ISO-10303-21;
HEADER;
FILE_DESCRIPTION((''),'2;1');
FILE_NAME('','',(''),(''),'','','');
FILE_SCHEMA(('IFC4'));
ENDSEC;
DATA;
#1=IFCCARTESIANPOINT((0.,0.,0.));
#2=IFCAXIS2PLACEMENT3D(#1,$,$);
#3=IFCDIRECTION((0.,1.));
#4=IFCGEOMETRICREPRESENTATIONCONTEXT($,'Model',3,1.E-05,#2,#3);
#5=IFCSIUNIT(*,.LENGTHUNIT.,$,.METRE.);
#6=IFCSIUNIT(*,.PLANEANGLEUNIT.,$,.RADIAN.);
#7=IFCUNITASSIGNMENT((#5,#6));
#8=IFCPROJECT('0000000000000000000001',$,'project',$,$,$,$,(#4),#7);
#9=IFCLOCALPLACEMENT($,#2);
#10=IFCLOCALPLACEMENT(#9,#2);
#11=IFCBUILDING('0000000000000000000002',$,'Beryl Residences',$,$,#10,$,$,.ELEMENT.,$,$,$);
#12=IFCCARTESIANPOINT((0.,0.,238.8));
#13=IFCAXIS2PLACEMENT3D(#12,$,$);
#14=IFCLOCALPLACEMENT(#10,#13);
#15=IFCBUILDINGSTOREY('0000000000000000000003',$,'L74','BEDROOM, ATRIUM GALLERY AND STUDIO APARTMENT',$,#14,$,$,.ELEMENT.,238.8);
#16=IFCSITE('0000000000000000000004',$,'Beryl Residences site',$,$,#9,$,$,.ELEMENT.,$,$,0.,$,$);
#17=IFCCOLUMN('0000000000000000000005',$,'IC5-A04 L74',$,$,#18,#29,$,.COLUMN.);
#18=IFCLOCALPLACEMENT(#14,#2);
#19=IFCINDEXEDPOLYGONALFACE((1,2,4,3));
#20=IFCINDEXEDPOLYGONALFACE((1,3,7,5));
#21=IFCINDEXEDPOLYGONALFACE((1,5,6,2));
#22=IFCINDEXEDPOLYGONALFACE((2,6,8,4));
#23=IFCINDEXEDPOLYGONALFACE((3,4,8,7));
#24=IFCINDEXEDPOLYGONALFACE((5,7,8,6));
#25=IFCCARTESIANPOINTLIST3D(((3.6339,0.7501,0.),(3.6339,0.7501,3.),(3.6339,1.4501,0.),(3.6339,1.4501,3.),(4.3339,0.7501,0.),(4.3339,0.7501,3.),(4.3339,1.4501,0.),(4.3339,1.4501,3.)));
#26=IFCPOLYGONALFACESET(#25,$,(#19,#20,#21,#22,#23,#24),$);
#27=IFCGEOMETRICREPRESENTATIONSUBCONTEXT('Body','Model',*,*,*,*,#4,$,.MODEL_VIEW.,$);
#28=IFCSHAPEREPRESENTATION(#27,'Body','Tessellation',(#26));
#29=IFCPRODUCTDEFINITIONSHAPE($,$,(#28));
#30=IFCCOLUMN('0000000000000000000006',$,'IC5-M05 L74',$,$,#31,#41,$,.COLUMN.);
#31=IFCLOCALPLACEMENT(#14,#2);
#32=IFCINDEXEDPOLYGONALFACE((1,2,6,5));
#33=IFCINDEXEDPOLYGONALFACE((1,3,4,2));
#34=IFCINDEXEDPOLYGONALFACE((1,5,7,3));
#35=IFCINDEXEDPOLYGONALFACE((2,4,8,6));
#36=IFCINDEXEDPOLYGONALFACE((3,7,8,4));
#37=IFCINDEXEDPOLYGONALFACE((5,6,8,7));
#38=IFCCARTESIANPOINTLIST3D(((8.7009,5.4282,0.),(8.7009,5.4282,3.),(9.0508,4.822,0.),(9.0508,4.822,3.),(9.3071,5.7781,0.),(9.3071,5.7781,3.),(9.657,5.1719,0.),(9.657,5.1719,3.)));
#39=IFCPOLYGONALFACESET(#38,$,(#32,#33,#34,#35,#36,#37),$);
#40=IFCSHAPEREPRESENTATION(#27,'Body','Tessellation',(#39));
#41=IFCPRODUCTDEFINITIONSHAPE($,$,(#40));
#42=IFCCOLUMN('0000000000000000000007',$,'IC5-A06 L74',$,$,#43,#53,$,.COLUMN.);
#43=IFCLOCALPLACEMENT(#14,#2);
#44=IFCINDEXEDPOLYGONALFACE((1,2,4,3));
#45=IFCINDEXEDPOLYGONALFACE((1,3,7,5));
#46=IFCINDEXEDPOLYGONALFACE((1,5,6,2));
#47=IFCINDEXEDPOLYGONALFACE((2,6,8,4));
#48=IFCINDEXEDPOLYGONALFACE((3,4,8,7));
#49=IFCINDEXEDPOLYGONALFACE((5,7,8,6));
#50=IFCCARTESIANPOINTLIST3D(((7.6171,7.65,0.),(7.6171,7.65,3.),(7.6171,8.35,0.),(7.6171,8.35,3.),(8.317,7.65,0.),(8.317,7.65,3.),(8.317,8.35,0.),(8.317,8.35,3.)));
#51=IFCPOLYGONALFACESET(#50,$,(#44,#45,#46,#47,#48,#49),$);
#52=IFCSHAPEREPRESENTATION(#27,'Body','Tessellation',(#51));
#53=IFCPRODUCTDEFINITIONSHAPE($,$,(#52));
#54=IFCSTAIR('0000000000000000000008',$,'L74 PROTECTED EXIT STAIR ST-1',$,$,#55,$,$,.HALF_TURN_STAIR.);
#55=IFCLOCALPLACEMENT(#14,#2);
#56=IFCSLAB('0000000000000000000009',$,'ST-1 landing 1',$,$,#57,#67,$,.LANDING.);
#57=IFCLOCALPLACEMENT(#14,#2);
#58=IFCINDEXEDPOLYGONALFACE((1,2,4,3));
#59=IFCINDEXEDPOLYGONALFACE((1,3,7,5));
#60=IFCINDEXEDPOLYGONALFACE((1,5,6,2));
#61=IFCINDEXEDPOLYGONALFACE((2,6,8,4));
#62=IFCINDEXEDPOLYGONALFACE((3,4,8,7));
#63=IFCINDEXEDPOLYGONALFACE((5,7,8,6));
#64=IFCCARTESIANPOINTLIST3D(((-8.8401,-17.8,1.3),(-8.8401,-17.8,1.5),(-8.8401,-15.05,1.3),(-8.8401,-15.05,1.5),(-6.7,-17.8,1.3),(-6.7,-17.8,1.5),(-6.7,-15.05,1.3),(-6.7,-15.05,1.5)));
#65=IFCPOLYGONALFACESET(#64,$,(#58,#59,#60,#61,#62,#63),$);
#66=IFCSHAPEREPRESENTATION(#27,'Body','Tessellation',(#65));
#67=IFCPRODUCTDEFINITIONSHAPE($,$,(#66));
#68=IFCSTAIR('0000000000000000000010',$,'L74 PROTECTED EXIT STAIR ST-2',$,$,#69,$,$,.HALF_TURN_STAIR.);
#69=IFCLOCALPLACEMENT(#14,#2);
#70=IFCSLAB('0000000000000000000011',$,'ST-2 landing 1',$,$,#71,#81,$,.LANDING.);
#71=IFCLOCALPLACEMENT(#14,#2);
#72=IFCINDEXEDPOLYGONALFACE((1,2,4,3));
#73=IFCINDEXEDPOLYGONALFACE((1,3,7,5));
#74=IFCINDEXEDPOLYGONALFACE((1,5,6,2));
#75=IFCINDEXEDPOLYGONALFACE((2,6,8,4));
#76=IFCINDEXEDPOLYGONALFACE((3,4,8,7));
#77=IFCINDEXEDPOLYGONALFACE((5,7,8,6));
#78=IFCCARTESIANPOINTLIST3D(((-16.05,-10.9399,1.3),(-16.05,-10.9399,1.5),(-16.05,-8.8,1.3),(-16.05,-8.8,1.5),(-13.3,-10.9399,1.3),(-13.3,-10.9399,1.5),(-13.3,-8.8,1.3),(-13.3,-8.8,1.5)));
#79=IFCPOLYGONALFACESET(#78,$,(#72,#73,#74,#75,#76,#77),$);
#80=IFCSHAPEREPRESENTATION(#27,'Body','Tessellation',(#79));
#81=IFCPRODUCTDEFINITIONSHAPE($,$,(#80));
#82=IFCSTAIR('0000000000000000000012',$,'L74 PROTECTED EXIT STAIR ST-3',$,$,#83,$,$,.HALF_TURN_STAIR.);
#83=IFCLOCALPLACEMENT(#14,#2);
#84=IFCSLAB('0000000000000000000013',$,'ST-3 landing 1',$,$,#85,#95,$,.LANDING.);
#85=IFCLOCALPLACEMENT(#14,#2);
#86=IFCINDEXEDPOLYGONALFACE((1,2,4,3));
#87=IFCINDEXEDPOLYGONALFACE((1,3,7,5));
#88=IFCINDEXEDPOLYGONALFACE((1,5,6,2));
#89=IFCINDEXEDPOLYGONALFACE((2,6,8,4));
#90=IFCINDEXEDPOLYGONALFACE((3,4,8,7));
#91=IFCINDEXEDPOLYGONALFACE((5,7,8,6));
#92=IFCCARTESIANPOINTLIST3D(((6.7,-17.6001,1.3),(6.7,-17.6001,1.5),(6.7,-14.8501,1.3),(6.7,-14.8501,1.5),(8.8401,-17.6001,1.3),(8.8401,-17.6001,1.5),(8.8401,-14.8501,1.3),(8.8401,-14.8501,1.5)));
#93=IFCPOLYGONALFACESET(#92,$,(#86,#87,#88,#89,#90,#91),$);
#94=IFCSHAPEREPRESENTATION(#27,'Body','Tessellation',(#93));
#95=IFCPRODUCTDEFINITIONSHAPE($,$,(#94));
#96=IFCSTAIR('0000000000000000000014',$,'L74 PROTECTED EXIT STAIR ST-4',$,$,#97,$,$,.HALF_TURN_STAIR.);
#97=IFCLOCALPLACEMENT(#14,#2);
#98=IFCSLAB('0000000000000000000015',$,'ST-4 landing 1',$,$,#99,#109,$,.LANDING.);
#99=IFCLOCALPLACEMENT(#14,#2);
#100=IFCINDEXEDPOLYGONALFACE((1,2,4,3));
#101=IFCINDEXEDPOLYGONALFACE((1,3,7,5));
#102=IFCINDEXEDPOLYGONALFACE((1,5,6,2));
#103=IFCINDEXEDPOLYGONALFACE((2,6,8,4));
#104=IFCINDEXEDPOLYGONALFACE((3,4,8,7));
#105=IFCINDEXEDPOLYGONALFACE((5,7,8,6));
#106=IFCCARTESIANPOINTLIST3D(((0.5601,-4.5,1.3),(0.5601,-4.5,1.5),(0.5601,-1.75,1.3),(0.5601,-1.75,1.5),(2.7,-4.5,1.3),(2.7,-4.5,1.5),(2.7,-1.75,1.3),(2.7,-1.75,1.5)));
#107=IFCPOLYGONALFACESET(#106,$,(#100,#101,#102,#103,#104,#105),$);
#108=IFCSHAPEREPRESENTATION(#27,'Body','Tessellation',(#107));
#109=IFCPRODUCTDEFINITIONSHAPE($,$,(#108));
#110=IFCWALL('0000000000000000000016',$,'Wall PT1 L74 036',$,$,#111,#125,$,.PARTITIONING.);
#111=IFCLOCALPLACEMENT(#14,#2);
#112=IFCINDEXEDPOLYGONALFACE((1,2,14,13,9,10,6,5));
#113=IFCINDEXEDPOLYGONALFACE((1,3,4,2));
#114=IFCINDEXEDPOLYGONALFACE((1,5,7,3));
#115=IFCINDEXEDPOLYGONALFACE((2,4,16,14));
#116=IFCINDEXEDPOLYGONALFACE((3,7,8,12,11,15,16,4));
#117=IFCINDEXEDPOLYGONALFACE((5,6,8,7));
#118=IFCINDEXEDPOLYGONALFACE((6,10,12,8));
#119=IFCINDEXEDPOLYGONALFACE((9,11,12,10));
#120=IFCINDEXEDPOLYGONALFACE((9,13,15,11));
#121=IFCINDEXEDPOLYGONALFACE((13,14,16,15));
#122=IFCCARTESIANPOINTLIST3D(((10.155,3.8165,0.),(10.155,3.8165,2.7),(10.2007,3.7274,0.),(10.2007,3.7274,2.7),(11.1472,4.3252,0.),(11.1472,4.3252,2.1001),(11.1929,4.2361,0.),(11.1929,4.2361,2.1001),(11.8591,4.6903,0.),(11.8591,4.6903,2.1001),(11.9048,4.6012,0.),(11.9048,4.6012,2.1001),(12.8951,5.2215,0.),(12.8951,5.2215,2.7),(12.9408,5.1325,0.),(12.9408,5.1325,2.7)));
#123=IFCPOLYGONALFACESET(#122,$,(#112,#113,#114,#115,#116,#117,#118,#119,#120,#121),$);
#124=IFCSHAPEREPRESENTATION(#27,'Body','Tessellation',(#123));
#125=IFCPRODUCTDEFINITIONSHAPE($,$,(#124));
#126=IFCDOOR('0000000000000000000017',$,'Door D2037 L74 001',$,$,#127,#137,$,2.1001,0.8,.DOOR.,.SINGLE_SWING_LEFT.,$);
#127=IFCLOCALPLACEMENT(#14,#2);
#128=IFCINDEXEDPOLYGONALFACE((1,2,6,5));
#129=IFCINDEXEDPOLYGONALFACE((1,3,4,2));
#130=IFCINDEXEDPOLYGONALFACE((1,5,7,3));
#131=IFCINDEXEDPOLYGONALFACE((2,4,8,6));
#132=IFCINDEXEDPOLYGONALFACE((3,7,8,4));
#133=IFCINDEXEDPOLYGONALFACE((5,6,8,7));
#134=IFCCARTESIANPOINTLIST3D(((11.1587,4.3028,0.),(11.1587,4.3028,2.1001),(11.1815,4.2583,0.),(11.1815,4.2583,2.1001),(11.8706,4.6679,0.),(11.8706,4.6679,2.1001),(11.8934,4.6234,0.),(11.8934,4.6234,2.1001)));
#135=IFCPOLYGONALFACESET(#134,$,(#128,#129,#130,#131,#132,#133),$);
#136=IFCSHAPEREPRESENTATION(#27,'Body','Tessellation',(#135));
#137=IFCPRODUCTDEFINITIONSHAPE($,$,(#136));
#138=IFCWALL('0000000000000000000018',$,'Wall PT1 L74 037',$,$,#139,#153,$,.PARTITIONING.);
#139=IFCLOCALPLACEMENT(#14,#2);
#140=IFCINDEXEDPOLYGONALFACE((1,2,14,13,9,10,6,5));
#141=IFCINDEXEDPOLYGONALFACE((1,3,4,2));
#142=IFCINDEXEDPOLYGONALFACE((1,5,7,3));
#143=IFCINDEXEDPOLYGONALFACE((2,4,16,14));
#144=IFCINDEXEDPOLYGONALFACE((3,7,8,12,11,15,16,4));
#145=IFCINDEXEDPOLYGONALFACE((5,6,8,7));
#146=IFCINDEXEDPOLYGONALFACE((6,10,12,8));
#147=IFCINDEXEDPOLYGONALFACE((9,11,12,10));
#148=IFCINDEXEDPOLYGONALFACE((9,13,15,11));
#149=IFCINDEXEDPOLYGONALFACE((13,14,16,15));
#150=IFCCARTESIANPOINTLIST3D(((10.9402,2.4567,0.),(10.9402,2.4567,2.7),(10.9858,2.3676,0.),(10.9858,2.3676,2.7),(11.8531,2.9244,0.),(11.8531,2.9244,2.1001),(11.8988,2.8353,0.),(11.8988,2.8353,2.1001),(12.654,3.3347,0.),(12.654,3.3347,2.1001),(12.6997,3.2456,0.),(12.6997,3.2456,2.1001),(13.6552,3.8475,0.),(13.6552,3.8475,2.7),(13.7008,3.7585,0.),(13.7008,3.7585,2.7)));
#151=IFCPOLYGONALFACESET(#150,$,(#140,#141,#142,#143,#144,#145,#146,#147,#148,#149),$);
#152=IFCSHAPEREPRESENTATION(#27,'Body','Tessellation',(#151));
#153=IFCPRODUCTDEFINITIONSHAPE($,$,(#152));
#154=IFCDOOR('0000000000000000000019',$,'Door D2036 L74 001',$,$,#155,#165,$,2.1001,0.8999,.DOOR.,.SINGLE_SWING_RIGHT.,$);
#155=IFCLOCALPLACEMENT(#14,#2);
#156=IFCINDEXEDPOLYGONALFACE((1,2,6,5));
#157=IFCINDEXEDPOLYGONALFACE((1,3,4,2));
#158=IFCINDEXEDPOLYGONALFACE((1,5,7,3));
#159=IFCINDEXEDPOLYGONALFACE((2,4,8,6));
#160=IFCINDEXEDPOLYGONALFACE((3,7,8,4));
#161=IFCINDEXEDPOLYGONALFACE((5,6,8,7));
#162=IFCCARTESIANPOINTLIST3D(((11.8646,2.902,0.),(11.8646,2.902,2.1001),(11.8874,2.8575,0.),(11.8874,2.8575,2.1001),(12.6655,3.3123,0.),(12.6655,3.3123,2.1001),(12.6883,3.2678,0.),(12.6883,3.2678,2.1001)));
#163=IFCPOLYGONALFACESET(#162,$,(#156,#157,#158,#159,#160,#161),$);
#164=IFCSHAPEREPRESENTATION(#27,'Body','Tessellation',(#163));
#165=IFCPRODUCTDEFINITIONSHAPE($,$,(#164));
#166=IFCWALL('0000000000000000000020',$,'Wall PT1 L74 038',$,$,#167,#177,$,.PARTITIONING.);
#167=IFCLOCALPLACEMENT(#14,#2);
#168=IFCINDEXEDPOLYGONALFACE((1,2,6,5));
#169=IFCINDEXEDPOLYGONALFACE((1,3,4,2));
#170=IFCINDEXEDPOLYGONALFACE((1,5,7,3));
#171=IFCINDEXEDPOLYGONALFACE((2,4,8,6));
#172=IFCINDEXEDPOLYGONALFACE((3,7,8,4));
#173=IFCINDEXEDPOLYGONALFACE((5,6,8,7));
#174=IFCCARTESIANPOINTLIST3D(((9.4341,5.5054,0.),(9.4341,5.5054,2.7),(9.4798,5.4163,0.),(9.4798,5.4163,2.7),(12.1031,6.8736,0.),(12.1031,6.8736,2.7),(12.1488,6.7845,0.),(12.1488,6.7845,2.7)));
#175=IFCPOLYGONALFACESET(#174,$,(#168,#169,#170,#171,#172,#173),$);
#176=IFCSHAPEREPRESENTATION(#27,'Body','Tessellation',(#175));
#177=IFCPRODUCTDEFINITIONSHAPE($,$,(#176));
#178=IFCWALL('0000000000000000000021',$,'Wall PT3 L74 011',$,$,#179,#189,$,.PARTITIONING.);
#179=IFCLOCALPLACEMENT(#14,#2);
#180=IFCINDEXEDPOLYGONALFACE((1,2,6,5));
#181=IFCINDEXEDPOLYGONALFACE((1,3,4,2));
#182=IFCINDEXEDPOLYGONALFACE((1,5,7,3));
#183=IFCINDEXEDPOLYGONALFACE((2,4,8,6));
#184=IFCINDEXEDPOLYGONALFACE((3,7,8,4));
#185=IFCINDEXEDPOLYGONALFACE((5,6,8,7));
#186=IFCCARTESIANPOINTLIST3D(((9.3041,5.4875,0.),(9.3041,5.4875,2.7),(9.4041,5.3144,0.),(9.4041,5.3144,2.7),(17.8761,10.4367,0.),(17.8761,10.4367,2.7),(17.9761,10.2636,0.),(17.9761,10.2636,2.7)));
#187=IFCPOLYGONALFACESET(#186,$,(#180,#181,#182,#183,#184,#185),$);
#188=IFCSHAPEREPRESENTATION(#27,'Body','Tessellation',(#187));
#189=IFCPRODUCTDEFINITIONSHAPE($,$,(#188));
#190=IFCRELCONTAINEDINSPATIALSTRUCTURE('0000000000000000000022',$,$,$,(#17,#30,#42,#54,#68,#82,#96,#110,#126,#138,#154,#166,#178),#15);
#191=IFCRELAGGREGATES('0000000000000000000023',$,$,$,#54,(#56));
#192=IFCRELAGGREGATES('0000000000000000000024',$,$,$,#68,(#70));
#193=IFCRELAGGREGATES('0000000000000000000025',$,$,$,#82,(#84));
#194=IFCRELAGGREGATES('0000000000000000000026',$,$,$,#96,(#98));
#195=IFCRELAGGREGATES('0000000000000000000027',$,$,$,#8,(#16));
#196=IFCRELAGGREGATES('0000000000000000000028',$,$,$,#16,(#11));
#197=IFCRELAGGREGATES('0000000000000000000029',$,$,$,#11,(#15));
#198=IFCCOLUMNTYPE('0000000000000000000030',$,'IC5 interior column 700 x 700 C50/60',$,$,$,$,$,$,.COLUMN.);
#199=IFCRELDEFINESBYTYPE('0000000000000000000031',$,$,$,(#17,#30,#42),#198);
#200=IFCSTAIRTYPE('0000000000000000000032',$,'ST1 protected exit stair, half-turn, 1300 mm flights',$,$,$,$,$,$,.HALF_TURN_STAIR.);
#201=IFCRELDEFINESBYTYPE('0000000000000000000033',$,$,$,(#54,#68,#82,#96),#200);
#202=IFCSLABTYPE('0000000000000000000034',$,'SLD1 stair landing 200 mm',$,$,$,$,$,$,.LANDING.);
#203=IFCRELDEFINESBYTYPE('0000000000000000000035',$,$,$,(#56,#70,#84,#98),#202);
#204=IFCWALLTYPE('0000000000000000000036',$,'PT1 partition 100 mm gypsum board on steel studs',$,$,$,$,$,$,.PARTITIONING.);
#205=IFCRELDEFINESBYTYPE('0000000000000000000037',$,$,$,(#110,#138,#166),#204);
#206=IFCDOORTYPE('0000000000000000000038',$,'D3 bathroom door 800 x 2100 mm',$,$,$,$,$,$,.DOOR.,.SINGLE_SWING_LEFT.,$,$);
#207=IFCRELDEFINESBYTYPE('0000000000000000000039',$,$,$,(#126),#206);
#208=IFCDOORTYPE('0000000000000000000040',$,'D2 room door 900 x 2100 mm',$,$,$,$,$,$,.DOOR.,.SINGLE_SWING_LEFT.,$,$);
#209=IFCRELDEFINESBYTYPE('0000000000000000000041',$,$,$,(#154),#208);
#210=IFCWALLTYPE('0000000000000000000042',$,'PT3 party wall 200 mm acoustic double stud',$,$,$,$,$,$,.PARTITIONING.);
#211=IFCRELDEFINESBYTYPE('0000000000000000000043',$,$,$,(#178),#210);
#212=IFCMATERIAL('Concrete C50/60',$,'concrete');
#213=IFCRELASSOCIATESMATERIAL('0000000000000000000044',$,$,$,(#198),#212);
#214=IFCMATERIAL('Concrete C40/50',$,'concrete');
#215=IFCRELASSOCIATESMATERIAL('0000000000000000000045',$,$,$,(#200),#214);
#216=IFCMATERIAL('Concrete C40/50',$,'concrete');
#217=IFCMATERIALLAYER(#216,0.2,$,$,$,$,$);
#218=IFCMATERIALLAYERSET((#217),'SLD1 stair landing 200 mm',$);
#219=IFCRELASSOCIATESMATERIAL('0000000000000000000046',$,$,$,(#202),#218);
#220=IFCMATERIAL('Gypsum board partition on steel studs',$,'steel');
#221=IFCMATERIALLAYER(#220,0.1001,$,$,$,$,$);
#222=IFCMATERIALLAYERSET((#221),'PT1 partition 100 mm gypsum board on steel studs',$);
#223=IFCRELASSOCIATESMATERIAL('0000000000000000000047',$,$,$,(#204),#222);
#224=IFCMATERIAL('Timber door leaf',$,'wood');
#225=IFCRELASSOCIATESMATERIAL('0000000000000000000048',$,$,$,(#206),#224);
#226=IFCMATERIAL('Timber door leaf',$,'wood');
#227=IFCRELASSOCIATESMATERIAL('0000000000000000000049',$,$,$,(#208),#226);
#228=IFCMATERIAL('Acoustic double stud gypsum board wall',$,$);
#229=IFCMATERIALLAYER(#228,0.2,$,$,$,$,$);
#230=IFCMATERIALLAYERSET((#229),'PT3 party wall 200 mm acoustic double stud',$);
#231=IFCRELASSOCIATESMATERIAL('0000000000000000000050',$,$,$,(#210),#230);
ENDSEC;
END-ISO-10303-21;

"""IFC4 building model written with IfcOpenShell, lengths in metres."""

from ifc_helpers import new_model, si_unit, direction, frame, frame_2d, origin, origin_2d, place, context, subcontext, project, spatial, polyline, rectangle, outline, extrude, material, layer, layer_set, material_profile, profile_set, type_object, element, fill, aggregate, save


model = new_model("IFC4")

# Units and contexts
model_context = context("Model", 3, precision=1e-05, world=origin(), true_north=direction((0.0, 1.0)))
body_context = subcontext(model_context, "Body", "Model", "MODEL_VIEW")
ifc_project = project(units=[si_unit("LENGTHUNIT", "METRE"), si_unit("PLANEANGLEUNIT", "RADIAN")], contexts=[model_context])

# Site, building, storey
site_placement = place(None, origin())
site = spatial("IfcSite", under=ifc_project, at=site_placement, Name="Beryl Residences site", CompositionType="ELEMENT", RefElevation=0.0)
building_placement = place(site_placement, origin())
building = spatial("IfcBuilding", under=site, at=building_placement, Name="Beryl Residences", CompositionType="ELEMENT")
storey_placement = place(building_placement, frame((0.0, 0.0, 238.8)))
storey = spatial("IfcBuildingStorey", under=building, at=storey_placement, Name="L74", Description="BEDROOM, ATRIUM GALLERY AND STUDIO APARTMENT", CompositionType="ELEMENT", Elevation=238.8)

# Columns
ifc_material_1 = material(Name="Concrete C50/60", Category="concrete")
ifc_material_profile = material_profile(ifc_material_1, rectangle(XDim=0.7, YDim=0.7, at=origin_2d()))
ifc_profile_set = profile_set([ifc_material_profile], Name="Concrete C50/60")
column_type = type_object("IfcColumnType", Name="IC5 interior column 700 x 700 C50/60", PredefinedType="COLUMN", material=ifc_profile_set)
for number, where, z_axis, x_axis, name in (
    (1, (3.9839, 1.1001, 0.0), (0.0, 0.0, 1.0), (1.0, 0.0, 0.0), "IC5-A04 L74"),
    (2, (9.179, 5.3, 0.0), (0.0, 0.0, 1.0), (-0.49997, 0.866043, 0.0), "IC5-M05 L74"),
    (3, (7.967, 8.0, 0.0), (0.0, 0.0, 1.0), (1.0, 0.0, 0.0), "IC5-A06 L74"),
):
    element("IfcColumn", number, at=place(storey_placement, frame(where, z_axis=z_axis, x_axis=x_axis)), inside=storey, type_object=column_type, Name=name, PredefinedType="COLUMN", context=body_context, shape_type="SweptSolid", body=[
        extrude(rectangle(XDim=0.7, YDim=0.7, at=origin_2d()), origin(), (0.0, 0.0, 1.0), 3.0),
    ])

# Stairs, slabs
ifc_material_2 = material(Name="Concrete C40/50", Category="concrete")
stair_type = type_object("IfcStairType", Name="ST1 protected exit stair, half-turn, 1300 mm flights", PredefinedType="HALF_TURN_STAIR", material=ifc_material_2)
stair_1_placement = place(storey_placement, origin())
stair_1 = element("IfcStair", 4, at=stair_1_placement, inside=storey, type_object=stair_type, Name="L74 PROTECTED EXIT STAIR ST-1", PredefinedType="HALF_TURN_STAIR")
ifc_material_3 = material(Name="Concrete C40/50", Category="concrete")
ifc_layer_1 = layer(ifc_material_3, 0.2)
ifc_layer_set_1 = layer_set([ifc_layer_1], Name="SLD1 stair landing 200 mm")
slab_type_1 = type_object("IfcSlabType", Name="SLD1 stair landing 200 mm", PredefinedType="LANDING", material=ifc_layer_set_1)
slab_1_placement = place(storey_placement, frame((0.0, 0.0, 1.3)))
slab_1 = element("IfcSlab", 5, at=slab_1_placement, type_object=slab_type_1, Name="ST-1 landing 1", PredefinedType="LANDING", context=body_context, shape_type="SweptSolid", body=[
    extrude(outline(polyline([(-8.8401, -17.8), (-6.7, -17.8), (-6.7, -15.05), (-8.8401, -15.05), (-8.8401, -17.8)])), origin(), (0.0, 0.0, 1.0), 0.2),
])
aggregate(stair_1, [slab_1])
stair_2_placement = place(storey_placement, origin())
stair_2 = element("IfcStair", 6, at=stair_2_placement, inside=storey, type_object=stair_type, Name="L74 PROTECTED EXIT STAIR ST-2", PredefinedType="HALF_TURN_STAIR")
slab_2_placement = place(storey_placement, frame((0.0, 0.0, 1.3)))
slab_2 = element("IfcSlab", 7, at=slab_2_placement, type_object=slab_type_1, Name="ST-2 landing 1", PredefinedType="LANDING", context=body_context, shape_type="SweptSolid", body=[
    extrude(outline(polyline([(-13.3, -10.9399), (-13.3, -8.8), (-16.05, -8.8), (-16.05, -10.9399), (-13.3, -10.9399)])), origin(), (0.0, 0.0, 1.0), 0.2),
])
aggregate(stair_2, [slab_2])
stair_3_placement = place(storey_placement, origin())
stair_3 = element("IfcStair", 8, at=stair_3_placement, inside=storey, type_object=stair_type, Name="L74 PROTECTED EXIT STAIR ST-3", PredefinedType="HALF_TURN_STAIR")
slab_3_placement = place(storey_placement, frame((0.0, 0.0, 1.3)))
slab_3 = element("IfcSlab", 9, at=slab_3_placement, type_object=slab_type_1, Name="ST-3 landing 1", PredefinedType="LANDING", context=body_context, shape_type="SweptSolid", body=[
    extrude(outline(polyline([(8.8401, -14.8501), (6.7, -14.8501), (6.7, -17.6001), (8.8401, -17.6001), (8.8401, -14.8501)])), origin(), (0.0, 0.0, 1.0), 0.2),
])
aggregate(stair_3, [slab_3])
stair_4_placement = place(storey_placement, origin())
stair_4 = element("IfcStair", 10, at=stair_4_placement, inside=storey, type_object=stair_type, Name="L74 PROTECTED EXIT STAIR ST-4", PredefinedType="HALF_TURN_STAIR")
slab_4_placement = place(storey_placement, frame((0.0, 0.0, 1.3)))
slab_4 = element("IfcSlab", 11, at=slab_4_placement, type_object=slab_type_1, Name="ST-4 landing 1", PredefinedType="LANDING", context=body_context, shape_type="SweptSolid", body=[
    extrude(outline(polyline([(0.5601, -4.5), (2.7, -4.5), (2.7, -1.75), (0.5601, -1.75), (0.5601, -4.5)])), origin(), (0.0, 0.0, 1.0), 0.2),
])
aggregate(stair_4, [slab_4])

# Walls, openings, doors
ifc_material_4 = material(Name="Gypsum board partition on steel studs", Category="steel")
ifc_layer_2 = layer(ifc_material_4, 0.1001)
ifc_layer_set_2 = layer_set([ifc_layer_2], Name="PT1 partition 100 mm gypsum board on steel studs")
wall_type_1 = type_object("IfcWallType", Name="PT1 partition 100 mm gypsum board on steel studs", PredefinedType="PARTITIONING", material=ifc_layer_set_2)
wall_1_placement = place(storey_placement, frame((10.178, 3.772, 0.0), z_axis=(0.0, 0.0, 1.0), x_axis=(0.88983, 0.456293, 0.0)))
wall_1 = element("IfcWall", 12, at=wall_1_placement, inside=storey, type_object=wall_type_1, Name="Wall PT1 L74 036", PredefinedType="PARTITIONING", context=body_context, shape_type="SweptSolid", body=[
    extrude(rectangle(XDim=3.0793, YDim=0.1001, at=frame_2d((1.5396, 0.0))), origin(), (0.0, 0.0, 1.0), 2.7),
])
opening_1_placement = place(wall_1_placement, frame((1.115, 0.0, 0.0)))
opening_1 = element("IfcOpeningElement", 13, at=opening_1_placement, cuts=wall_1, PredefinedType="OPENING", context=body_context, shape_type="SweptSolid", body=[
    extrude(rectangle(XDim=0.8, YDim=2.1001, at=frame_2d((0.3999, 1.05))), frame((0.0, 0.0601, 0.0), z_axis=(0.0, -1.0, 0.0), x_axis=(1.0, 0.0, 0.0)), (0.0, 0.0, 1.0), 0.1201),
])
ifc_material_5 = material(Name="Timber door leaf", Category="wood")
door_type_1 = type_object("IfcDoorType", Name="D3 bathroom door 800 x 2100 mm", OperationType="SINGLE_SWING_LEFT", PredefinedType="DOOR", material=ifc_material_5)
door_1_placement = place(opening_1_placement, origin())
door_1 = element("IfcDoor", 14, at=door_1_placement, inside=storey, type_object=door_type_1, Name="Door D2037 L74 001", OperationType="SINGLE_SWING_LEFT", OverallHeight=2.1001, OverallWidth=0.8, PredefinedType="DOOR", context=body_context, shape_type="SweptSolid", body=[
    extrude(rectangle(XDim=0.8, YDim=2.1001, at=frame_2d((0.3999, 1.05))), frame((0.0, 0.0249, 0.0), z_axis=(0.0, -1.0, 0.0), x_axis=(1.0, 0.0, 0.0)), (0.0, 0.0, 1.0), 0.05),
])
fill(opening_1, door_1)
wall_2_placement = place(storey_placement, frame((10.9629, 2.4121, 0.0), z_axis=(0.0, 0.0, 1.0), x_axis=(0.890015, 0.455932, 0.0)))
wall_2 = element("IfcWall", 15, at=wall_2_placement, inside=storey, type_object=wall_type_1, Name="Wall PT1 L74 037", PredefinedType="PARTITIONING", context=body_context, shape_type="SweptSolid", body=[
    extrude(rectangle(XDim=3.0505, YDim=0.1001, at=frame_2d((1.5254, 0.0))), origin(), (0.0, 0.0, 1.0), 2.7),
])
opening_2_placement = place(wall_2_placement, frame((1.0259, 0.0, 0.0)))
opening_2 = element("IfcOpeningElement", 16, at=opening_2_placement, cuts=wall_2, PredefinedType="OPENING", context=body_context, shape_type="SweptSolid", body=[
    extrude(rectangle(XDim=0.8999, YDim=2.1001, at=frame_2d((0.45, 1.05))), frame((0.0, 0.0601, 0.0), z_axis=(0.0, -1.0, 0.0), x_axis=(1.0, 0.0, 0.0)), (0.0, 0.0, 1.0), 0.1201),
])
ifc_material_6 = material(Name="Timber door leaf", Category="wood")
door_type_2 = type_object("IfcDoorType", Name="D2 room door 900 x 2100 mm", OperationType="SINGLE_SWING_LEFT", PredefinedType="DOOR", material=ifc_material_6)
door_2_placement = place(opening_2_placement, origin())
door_2 = element("IfcDoor", 17, at=door_2_placement, inside=storey, type_object=door_type_2, Name="Door D2036 L74 001", OperationType="SINGLE_SWING_RIGHT", OverallHeight=2.1001, OverallWidth=0.8999, PredefinedType="DOOR", context=body_context, shape_type="SweptSolid", body=[
    extrude(rectangle(XDim=0.8999, YDim=2.1001, at=frame_2d((0.45, 1.05))), frame((0.0, 0.0249, 0.0), z_axis=(0.0, -1.0, 0.0), x_axis=(1.0, 0.0, 0.0)), (0.0, 0.0, 1.0), 0.05),
])
fill(opening_2, door_2)

# Walls
wall_3_placement = place(storey_placement, frame((9.457, 5.4609, 0.0), z_axis=(0.0, 0.0, 1.0), x_axis=(0.889889, 0.456178, 0.0)))
element("IfcWall", 18, at=wall_3_placement, inside=storey, type_object=wall_type_1, Name="Wall PT1 L74 038", PredefinedType="PARTITIONING", context=body_context, shape_type="SweptSolid", body=[
    extrude(rectangle(XDim=2.9993, YDim=0.1001, at=frame_2d((1.4995, 0.0))), origin(), (0.0, 0.0, 1.0), 2.7),
])
ifc_material_7 = material(Name="Acoustic double stud gypsum board wall")
ifc_layer_3 = layer(ifc_material_7, 0.2)
ifc_layer_set_3 = layer_set([ifc_layer_3], Name="PT3 party wall 200 mm acoustic double stud")
wall_type_2 = type_object("IfcWallType", Name="PT3 party wall 200 mm acoustic double stud", PredefinedType="PARTITIONING", material=ifc_layer_set_3)
wall_4_placement = place(storey_placement, frame((9.354, 5.4009, 0.0), z_axis=(0.0, 0.0, 1.0), x_axis=(0.866018, 0.500012, 0.0)))
element("IfcWall", 19, at=wall_4_placement, inside=storey, type_object=wall_type_2, Name="Wall PT3 L74 011", PredefinedType="PARTITIONING", context=body_context, shape_type="SweptSolid", body=[
    extrude(rectangle(XDim=9.8982, YDim=0.2, at=frame_2d((4.9492, 0.0))), origin(), (0.0, 0.0, 1.0), 2.7),
])

save(model, "model.ifc")
